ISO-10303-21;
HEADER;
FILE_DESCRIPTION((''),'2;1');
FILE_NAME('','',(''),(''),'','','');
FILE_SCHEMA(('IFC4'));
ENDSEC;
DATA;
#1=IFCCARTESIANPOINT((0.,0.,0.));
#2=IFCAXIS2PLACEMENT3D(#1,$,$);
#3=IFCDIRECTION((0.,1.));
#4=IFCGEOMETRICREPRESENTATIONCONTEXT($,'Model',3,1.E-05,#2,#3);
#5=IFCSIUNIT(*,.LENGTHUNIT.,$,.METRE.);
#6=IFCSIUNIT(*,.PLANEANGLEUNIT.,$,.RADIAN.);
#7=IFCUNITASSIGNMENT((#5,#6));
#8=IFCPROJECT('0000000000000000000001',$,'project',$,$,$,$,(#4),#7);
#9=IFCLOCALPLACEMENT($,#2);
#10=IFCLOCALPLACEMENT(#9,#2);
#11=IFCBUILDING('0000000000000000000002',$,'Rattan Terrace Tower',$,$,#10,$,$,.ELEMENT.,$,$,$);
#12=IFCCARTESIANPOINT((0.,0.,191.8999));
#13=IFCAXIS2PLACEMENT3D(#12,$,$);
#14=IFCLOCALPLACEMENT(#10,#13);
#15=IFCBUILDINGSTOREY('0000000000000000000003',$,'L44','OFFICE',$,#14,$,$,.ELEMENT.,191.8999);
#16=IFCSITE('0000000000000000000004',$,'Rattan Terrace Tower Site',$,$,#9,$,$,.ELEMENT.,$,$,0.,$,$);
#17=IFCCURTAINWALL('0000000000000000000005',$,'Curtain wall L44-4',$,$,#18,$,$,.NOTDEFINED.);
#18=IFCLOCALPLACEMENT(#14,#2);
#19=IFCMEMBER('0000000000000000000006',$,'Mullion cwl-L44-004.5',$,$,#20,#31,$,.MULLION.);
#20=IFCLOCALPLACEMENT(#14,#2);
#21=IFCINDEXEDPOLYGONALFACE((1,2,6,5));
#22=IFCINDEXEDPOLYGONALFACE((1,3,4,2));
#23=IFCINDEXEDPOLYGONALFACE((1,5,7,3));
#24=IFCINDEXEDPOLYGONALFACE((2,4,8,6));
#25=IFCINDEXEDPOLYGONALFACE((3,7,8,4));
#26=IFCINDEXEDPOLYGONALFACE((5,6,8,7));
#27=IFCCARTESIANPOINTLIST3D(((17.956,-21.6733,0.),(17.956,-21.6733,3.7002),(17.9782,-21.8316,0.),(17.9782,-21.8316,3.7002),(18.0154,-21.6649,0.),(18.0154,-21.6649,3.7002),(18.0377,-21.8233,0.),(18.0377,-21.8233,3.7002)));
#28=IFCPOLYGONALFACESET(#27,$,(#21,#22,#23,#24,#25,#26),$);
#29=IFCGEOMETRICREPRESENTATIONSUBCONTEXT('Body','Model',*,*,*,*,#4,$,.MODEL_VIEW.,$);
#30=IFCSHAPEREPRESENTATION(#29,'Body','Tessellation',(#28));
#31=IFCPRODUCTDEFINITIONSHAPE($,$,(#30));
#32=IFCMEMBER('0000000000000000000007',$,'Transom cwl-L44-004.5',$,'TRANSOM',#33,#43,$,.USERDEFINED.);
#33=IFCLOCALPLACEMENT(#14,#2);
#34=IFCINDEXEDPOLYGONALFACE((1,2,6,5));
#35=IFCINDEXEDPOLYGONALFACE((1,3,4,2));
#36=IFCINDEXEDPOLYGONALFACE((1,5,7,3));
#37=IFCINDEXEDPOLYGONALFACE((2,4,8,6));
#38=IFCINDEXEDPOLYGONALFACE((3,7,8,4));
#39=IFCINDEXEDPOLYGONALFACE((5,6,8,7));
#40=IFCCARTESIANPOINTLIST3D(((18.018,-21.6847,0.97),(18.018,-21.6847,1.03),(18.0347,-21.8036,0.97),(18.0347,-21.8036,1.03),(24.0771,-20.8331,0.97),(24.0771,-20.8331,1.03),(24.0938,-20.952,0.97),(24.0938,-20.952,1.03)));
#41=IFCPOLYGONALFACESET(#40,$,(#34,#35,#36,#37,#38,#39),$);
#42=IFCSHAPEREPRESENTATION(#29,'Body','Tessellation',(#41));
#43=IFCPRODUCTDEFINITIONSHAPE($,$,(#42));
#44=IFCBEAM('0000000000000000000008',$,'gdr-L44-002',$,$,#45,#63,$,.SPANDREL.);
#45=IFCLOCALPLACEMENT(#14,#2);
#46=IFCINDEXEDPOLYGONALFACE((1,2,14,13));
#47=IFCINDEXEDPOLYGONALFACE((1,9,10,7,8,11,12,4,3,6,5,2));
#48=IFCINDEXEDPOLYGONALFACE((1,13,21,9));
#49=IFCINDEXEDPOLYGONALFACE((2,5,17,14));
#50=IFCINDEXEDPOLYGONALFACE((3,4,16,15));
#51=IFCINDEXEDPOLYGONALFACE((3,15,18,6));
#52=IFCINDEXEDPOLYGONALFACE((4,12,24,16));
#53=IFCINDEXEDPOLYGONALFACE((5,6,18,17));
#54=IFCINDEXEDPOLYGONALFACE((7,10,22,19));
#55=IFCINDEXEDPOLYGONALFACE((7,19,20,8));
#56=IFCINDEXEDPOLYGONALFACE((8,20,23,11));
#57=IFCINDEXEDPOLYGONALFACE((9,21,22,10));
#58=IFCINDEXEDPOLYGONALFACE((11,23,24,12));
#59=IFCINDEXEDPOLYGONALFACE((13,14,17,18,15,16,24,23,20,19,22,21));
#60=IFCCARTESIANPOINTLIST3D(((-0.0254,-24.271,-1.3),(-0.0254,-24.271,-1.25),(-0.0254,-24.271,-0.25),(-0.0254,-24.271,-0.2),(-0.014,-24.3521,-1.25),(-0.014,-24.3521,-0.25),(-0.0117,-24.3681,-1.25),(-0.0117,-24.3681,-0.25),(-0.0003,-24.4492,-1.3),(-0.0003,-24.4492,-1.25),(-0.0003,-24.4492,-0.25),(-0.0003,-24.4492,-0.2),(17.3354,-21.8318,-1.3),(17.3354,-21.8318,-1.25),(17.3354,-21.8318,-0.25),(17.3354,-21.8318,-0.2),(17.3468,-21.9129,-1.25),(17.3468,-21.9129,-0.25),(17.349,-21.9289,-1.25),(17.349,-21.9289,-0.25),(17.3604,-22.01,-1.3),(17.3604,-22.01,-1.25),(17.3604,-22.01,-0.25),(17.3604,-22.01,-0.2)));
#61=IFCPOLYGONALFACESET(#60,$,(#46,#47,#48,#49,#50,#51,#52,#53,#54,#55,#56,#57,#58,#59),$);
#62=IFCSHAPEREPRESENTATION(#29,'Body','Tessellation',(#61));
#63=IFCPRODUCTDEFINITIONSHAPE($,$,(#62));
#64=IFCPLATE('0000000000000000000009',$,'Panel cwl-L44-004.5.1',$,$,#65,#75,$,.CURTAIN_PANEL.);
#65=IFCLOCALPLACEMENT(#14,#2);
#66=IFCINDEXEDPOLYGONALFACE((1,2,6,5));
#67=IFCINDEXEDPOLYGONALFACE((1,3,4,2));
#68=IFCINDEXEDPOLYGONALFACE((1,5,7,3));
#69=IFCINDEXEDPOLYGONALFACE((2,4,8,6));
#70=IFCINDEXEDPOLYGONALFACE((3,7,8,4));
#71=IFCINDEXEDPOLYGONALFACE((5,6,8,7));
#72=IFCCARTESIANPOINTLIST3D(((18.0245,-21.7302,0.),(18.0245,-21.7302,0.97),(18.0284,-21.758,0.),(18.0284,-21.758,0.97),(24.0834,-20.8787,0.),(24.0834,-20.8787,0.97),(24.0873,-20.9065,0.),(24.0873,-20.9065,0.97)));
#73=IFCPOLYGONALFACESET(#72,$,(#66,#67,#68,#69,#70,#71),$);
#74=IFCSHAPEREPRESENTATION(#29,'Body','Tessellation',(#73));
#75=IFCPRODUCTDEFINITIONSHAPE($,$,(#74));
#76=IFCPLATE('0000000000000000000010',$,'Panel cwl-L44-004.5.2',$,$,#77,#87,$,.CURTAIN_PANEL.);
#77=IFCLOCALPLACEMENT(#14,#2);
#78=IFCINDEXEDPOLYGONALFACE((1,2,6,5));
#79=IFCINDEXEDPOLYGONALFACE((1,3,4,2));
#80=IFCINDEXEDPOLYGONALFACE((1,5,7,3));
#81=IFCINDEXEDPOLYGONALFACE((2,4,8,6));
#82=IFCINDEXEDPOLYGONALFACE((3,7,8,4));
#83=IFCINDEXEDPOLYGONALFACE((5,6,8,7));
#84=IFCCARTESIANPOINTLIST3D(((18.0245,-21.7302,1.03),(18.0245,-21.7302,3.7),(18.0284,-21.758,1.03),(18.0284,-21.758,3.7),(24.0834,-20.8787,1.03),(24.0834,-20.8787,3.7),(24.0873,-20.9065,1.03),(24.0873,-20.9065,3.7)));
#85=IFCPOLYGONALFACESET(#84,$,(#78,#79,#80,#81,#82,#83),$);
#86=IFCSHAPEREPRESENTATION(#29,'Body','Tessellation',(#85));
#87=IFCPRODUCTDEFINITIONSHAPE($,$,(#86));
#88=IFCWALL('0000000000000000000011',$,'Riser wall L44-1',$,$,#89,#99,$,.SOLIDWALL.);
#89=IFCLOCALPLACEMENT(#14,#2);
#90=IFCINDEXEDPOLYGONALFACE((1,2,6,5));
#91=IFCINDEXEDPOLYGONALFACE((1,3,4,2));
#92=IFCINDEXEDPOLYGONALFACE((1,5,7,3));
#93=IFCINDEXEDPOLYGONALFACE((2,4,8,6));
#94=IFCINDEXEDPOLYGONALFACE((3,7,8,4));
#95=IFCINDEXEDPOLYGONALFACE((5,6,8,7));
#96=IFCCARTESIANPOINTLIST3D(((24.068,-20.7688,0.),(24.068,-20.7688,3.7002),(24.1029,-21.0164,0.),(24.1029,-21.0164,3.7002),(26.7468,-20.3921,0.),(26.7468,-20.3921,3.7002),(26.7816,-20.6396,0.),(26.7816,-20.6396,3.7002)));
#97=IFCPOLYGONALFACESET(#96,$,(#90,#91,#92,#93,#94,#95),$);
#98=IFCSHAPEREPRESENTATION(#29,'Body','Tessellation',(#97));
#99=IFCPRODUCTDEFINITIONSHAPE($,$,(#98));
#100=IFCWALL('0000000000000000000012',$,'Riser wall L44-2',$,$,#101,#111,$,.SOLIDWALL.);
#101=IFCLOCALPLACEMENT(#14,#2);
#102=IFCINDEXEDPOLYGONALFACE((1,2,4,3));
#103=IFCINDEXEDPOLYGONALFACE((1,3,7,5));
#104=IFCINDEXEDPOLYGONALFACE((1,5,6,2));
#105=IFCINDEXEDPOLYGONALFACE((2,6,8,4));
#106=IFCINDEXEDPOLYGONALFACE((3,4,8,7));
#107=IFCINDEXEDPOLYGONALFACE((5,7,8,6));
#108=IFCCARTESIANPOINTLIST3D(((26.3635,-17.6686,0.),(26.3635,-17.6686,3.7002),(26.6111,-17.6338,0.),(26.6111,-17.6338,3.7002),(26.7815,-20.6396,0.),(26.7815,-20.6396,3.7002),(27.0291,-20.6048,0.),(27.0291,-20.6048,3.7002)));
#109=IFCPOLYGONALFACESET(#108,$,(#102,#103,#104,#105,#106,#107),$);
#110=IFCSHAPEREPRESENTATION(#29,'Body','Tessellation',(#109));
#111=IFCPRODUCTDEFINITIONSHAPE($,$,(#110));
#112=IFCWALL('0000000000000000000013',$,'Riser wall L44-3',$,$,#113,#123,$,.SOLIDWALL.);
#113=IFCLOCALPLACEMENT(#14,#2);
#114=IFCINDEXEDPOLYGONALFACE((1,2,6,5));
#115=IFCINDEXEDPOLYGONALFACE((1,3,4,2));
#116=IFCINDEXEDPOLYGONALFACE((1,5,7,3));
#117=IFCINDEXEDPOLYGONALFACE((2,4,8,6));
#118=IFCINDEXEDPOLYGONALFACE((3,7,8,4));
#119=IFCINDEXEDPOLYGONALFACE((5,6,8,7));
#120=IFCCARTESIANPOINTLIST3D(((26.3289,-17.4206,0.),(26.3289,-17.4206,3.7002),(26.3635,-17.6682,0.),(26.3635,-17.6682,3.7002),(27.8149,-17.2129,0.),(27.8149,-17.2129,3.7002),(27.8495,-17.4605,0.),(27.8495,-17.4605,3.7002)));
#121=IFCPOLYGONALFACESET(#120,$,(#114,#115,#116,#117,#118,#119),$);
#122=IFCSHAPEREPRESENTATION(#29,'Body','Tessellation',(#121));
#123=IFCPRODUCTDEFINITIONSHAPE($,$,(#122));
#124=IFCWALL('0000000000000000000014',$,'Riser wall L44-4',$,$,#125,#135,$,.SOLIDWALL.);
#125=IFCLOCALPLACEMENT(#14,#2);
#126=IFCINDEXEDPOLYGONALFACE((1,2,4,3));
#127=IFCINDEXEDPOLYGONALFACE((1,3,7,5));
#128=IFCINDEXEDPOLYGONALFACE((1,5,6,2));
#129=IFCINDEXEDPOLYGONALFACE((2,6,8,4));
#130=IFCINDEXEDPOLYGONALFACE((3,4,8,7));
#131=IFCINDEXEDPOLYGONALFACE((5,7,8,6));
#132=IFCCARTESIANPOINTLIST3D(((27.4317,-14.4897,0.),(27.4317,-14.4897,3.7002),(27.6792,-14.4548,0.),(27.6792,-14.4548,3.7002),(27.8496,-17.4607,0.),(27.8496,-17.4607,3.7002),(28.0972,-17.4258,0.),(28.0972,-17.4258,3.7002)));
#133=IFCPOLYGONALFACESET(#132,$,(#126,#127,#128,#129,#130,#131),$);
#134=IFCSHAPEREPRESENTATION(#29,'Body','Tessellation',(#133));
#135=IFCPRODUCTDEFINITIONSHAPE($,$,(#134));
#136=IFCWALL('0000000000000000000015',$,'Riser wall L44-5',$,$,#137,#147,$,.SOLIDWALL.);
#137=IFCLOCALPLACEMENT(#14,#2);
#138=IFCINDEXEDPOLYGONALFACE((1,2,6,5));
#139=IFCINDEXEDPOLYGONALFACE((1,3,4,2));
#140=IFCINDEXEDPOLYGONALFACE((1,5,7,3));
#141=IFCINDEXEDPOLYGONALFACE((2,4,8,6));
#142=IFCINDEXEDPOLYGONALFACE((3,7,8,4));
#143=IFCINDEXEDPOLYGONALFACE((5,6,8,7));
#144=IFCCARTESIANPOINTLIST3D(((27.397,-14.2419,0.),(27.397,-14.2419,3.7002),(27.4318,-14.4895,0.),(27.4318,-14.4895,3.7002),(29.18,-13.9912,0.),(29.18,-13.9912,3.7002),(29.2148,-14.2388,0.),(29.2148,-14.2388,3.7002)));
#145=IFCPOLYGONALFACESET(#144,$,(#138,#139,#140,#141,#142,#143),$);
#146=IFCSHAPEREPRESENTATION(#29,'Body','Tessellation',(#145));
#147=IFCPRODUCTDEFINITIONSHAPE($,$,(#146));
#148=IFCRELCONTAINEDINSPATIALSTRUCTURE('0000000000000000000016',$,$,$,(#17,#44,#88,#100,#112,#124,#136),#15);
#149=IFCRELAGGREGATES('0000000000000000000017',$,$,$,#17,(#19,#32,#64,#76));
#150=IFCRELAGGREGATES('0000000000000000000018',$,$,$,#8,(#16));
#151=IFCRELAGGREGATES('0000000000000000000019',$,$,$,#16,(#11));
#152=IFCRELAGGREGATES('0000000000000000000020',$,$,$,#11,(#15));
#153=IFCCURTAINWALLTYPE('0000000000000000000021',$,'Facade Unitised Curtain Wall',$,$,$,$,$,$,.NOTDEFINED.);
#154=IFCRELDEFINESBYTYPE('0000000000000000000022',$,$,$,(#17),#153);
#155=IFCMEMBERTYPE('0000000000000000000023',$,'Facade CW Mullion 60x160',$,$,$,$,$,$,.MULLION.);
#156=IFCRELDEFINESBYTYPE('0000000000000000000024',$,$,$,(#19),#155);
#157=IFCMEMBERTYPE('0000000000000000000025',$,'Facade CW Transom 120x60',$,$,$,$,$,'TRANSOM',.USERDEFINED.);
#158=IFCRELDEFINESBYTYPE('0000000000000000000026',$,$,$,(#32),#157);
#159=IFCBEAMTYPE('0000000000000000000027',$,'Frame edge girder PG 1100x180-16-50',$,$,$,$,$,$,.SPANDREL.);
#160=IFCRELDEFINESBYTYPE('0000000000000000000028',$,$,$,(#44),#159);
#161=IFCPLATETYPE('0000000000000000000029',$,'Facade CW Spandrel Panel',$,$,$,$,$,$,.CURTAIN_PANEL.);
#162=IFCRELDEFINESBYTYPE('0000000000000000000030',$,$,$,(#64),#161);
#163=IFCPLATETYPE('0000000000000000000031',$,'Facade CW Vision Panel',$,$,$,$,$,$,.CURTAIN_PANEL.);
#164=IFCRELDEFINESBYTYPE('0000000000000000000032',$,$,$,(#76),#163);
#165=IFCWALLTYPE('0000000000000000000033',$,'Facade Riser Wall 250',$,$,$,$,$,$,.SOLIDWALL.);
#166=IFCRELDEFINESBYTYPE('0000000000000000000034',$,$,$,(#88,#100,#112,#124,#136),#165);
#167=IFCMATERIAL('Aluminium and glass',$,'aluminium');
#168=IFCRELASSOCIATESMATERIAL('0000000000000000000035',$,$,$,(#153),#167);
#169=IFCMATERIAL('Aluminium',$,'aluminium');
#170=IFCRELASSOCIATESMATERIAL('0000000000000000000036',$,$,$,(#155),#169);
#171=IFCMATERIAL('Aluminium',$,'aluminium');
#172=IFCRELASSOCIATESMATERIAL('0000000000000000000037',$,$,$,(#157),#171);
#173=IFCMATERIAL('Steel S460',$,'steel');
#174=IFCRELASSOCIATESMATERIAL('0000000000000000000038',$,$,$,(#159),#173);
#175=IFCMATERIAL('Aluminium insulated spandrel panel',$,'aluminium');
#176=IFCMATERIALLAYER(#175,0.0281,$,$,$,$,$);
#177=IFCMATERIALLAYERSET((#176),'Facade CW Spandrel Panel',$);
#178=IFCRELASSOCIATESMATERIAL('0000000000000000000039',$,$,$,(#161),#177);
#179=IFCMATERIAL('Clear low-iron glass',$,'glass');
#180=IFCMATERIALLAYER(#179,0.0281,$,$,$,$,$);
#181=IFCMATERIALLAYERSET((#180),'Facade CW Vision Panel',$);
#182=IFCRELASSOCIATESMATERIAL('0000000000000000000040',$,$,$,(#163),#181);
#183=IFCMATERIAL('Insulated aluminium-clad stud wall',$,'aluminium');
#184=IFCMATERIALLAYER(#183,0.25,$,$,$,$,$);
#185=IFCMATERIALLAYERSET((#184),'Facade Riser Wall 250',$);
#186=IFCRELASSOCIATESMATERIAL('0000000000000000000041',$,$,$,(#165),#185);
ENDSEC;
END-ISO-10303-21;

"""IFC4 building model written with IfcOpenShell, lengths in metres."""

from ifc_helpers import new_model, si_unit, direction, frame, frame_2d, origin, origin_2d, place, context, subcontext, project, spatial, rectangle, i_section, extrude, material, layer, layer_set, material_profile, profile_set, type_object, element, aggregate, save


model = new_model("IFC4")

# Units and contexts
model_context = context("Model", 3, precision=1e-05, world=origin(), true_north=direction((0.0, 1.0)))
body_context = subcontext(model_context, "Body", "Model", "MODEL_VIEW")
ifc_project = project(units=[si_unit("LENGTHUNIT", "METRE"), si_unit("PLANEANGLEUNIT", "RADIAN")], contexts=[model_context])

# Site, building, storey
site_placement = place(None, origin())
site = spatial("IfcSite", under=ifc_project, at=site_placement, Name="Rattan Terrace Tower Site", CompositionType="ELEMENT", RefElevation=0.0)
building_placement = place(site_placement, origin())
building = spatial("IfcBuilding", under=site, at=building_placement, Name="Rattan Terrace Tower", CompositionType="ELEMENT")
storey_placement = place(building_placement, frame((0.0, 0.0, 191.8999)))
storey = spatial("IfcBuildingStorey", under=building, at=storey_placement, Name="L44", Description="OFFICE", CompositionType="ELEMENT", Elevation=191.8999)

# Curtain wall, members
ifc_material_1 = material(Name="Aluminium and glass", Category="aluminium")
curtain_wall_type = type_object("IfcCurtainWallType", Name="Facade Unitised Curtain Wall", PredefinedType="NOTDEFINED", material=ifc_material_1)
curtain_wall_placement = place(storey_placement, origin())
curtain_wall = element("IfcCurtainWall", 1, at=curtain_wall_placement, inside=storey, type_object=curtain_wall_type, Name="Curtain wall L44-4", PredefinedType="NOTDEFINED")
ifc_material_2 = material(Name="Aluminium", Category="aluminium")
ifc_material_profile_1 = material_profile(ifc_material_2, rectangle(XDim=0.0601, YDim=0.1599, at=origin_2d()), Name="Aluminium 60x160")
ifc_profile_set_1 = profile_set([ifc_material_profile_1], Name="Aluminium")
member_type_1 = type_object("IfcMemberType", Name="Facade CW Mullion 60x160", PredefinedType="MULLION", material=ifc_profile_set_1)
member_1_placement = place(storey_placement, frame((17.9968, -21.7483, 0.0), z_axis=(0.0, 0.0, 1.0), x_axis=(0.99027, 0.139161, 0.0)))
member_1 = element("IfcMember", 2, at=member_1_placement, type_object=member_type_1, Name="Mullion cwl-L44-004.5", PredefinedType="MULLION", context=body_context, shape_type="SweptSolid", body=[
    extrude(rectangle(XDim=0.0601, YDim=0.1599, at=origin_2d()), origin(), (0.0, 0.0, 1.0), 3.7002),
])
ifc_material_3 = material(Name="Aluminium", Category="aluminium")
ifc_material_profile_2 = material_profile(ifc_material_3, rectangle(XDim=0.1201, YDim=0.0601, at=origin_2d()), Name="Aluminium 120x60")
ifc_profile_set_2 = profile_set([ifc_material_profile_2], Name="Aluminium")
member_type_2 = type_object("IfcMemberType", Name="Facade CW Transom 120x60", ElementType="TRANSOM", PredefinedType="USERDEFINED", material=ifc_profile_set_2)
member_2_placement = place(storey_placement, frame((18.0264, -21.7441, 1.0), z_axis=(0.990268, 0.139175, 0.0), x_axis=(-0.139175, 0.990268, 0.0)))
member_2 = element("IfcMember", 3, at=member_2_placement, type_object=member_type_2, Name="Transom cwl-L44-004.5", ObjectType="TRANSOM", PredefinedType="USERDEFINED", context=body_context, shape_type="SweptSolid", body=[
    extrude(rectangle(XDim=0.1201, YDim=0.0601, at=origin_2d()), origin(), (0.0, 0.0, 1.0), 6.1187),
])

# Beam
ifc_material_4 = material(Name="Steel S460", Category="steel")
ifc_material_profile_3 = material_profile(ifc_material_4, i_section(OverallWidth=0.1799, OverallDepth=1.1001, WebThickness=0.0161, FlangeThickness=0.05, at=origin_2d()), Name="PG 1100x180-16-50")
ifc_profile_set_3 = profile_set([ifc_material_profile_3], Name="Steel S460")
beam_type = type_object("IfcBeamType", Name="Frame edge girder PG 1100x180-16-50", PredefinedType="SPANDREL", material=ifc_profile_set_3)
beam_placement = place(storey_placement, frame((17.3479, -21.9209, -0.75), z_axis=(-0.990274, -0.139134, 0.0), x_axis=(0.139134, -0.990274, 0.0)))
element("IfcBeam", 4, at=beam_placement, inside=storey, type_object=beam_type, Name="gdr-L44-002", PredefinedType="SPANDREL", context=body_context, shape_type="SweptSolid", body=[
    extrude(i_section(OverallWidth=0.1799, OverallDepth=1.1001, WebThickness=0.0161, FlangeThickness=0.05, at=origin_2d()), origin(), (0.0, 0.0, 1.0), 17.5312),
])

# Plates
ifc_material_5 = material(Name="Aluminium insulated spandrel panel", Category="aluminium")
ifc_layer_1 = layer(ifc_material_5, 0.0281)
ifc_layer_set_1 = layer_set([ifc_layer_1], Name="Facade CW Spandrel Panel")
plate_type_1 = type_object("IfcPlateType", Name="Facade CW Spandrel Panel", PredefinedType="CURTAIN_PANEL", material=ifc_layer_set_1)
plate_1_placement = place(storey_placement, frame((21.0559, -21.3184, 0.0), z_axis=(0.0, 0.0, 1.0), x_axis=(0.99027, 0.139161, 0.0)))
plate_1 = element("IfcPlate", 5, at=plate_1_placement, type_object=plate_type_1, Name="Panel cwl-L44-004.5.1", PredefinedType="CURTAIN_PANEL", context=body_context, shape_type="SweptSolid", body=[
    extrude(rectangle(XDim=6.1184, YDim=0.0281, at=origin_2d()), origin(), (0.0, 0.0, 1.0), 0.97),
])
ifc_material_6 = material(Name="Clear low-iron glass", Category="glass")
ifc_layer_2 = layer(ifc_material_6, 0.0281)
ifc_layer_set_2 = layer_set([ifc_layer_2], Name="Facade CW Vision Panel")
plate_type_2 = type_object("IfcPlateType", Name="Facade CW Vision Panel", PredefinedType="CURTAIN_PANEL", material=ifc_layer_set_2)
plate_2_placement = place(storey_placement, frame((21.0559, -21.3184, 1.03), z_axis=(0.0, 0.0, 1.0), x_axis=(0.99027, 0.139161, 0.0)))
plate_2 = element("IfcPlate", 6, at=plate_2_placement, type_object=plate_type_2, Name="Panel cwl-L44-004.5.2", PredefinedType="CURTAIN_PANEL", context=body_context, shape_type="SweptSolid", body=[
    extrude(rectangle(XDim=6.1184, YDim=0.0281, at=origin_2d()), origin(), (0.0, 0.0, 1.0), 2.6699),
])
aggregate(curtain_wall, [member_1, member_2, plate_1, plate_2])

# Walls
ifc_material_7 = material(Name="Insulated aluminium-clad stud wall", Category="aluminium")
ifc_layer_3 = layer(ifc_material_7, 0.25)
ifc_layer_set_3 = layer_set([ifc_layer_3], Name="Facade Riser Wall 250")
wall_type_1 = type_object("IfcWallType", Name="Facade Riser Wall 250", PredefinedType="SOLIDWALL", material=ifc_layer_set_3)
wall_1_placement = place(storey_placement, frame((24.0854, -20.8926, 0.0), z_axis=(0.0, 0.0, 1.0), x_axis=(0.990256, 0.13926, 0.0)))
element("IfcWall", 7, at=wall_1_placement, inside=storey, type_object=wall_type_1, Name="Riser wall L44-1", PredefinedType="SOLIDWALL", context=body_context, shape_type="SweptSolid", body=[
    extrude(rectangle(XDim=2.7051, YDim=0.25, at=frame_2d((1.3525, 0.0))), origin(), (0.0, 0.0, 1.0), 3.7002),
])
wall_2_placement = place(storey_placement, frame((26.9053, -20.6221, 0.0), z_axis=(0.0, 0.0, 1.0), x_axis=(-0.139313, 0.990248, 0.0)))
element("IfcWall", 8, at=wall_2_placement, inside=storey, type_object=wall_type_1, Name="Riser wall L44-2", PredefinedType="SOLIDWALL", context=body_context, shape_type="SweptSolid", body=[
    extrude(rectangle(XDim=3.0002, YDim=0.25, at=frame_2d((1.5, 0.0))), origin(), (0.0, 0.0, 1.0), 3.7002),
])
wall_3_placement = place(storey_placement, frame((26.3462, -17.5444, 0.0), z_axis=(0.0, 0.0, 1.0), x_axis=(0.990368, 0.13846, 0.0)))
element("IfcWall", 9, at=wall_3_placement, inside=storey, type_object=wall_type_1, Name="Riser wall L44-3", PredefinedType="SOLIDWALL", context=body_context, shape_type="SweptSolid", body=[
    extrude(rectangle(XDim=1.5005, YDim=0.25, at=frame_2d((0.7502, 0.0))), origin(), (0.0, 0.0, 1.0), 3.7002),
])
wall_4_placement = place(storey_placement, frame((27.9734, -17.4431, 0.0), z_axis=(0.0, 0.0, 1.0), x_axis=(-0.139313, 0.990248, 0.0)))
element("IfcWall", 10, at=wall_4_placement, inside=storey, type_object=wall_type_1, Name="Riser wall L44-4", PredefinedType="SOLIDWALL", context=body_context, shape_type="SweptSolid", body=[
    extrude(rectangle(XDim=3.0002, YDim=0.25, at=frame_2d((1.5, 0.0))), origin(), (0.0, 0.0, 1.0), 3.7002),
])
wall_5_placement = place(storey_placement, frame((27.4143, -14.3657, 0.0), z_axis=(0.0, 0.0, 1.0), x_axis=(0.990256, 0.139257, 0.0)))
element("IfcWall", 11, at=wall_5_placement, inside=storey, type_object=wall_type_1, Name="Riser wall L44-5", PredefinedType="SOLIDWALL", context=body_context, shape_type="SweptSolid", body=[
    extrude(rectangle(XDim=1.8005, YDim=0.25, at=frame_2d((0.9004, 0.0))), origin(), (0.0, 0.0, 1.0), 3.7002),
])

save(model, "model.ifc")
